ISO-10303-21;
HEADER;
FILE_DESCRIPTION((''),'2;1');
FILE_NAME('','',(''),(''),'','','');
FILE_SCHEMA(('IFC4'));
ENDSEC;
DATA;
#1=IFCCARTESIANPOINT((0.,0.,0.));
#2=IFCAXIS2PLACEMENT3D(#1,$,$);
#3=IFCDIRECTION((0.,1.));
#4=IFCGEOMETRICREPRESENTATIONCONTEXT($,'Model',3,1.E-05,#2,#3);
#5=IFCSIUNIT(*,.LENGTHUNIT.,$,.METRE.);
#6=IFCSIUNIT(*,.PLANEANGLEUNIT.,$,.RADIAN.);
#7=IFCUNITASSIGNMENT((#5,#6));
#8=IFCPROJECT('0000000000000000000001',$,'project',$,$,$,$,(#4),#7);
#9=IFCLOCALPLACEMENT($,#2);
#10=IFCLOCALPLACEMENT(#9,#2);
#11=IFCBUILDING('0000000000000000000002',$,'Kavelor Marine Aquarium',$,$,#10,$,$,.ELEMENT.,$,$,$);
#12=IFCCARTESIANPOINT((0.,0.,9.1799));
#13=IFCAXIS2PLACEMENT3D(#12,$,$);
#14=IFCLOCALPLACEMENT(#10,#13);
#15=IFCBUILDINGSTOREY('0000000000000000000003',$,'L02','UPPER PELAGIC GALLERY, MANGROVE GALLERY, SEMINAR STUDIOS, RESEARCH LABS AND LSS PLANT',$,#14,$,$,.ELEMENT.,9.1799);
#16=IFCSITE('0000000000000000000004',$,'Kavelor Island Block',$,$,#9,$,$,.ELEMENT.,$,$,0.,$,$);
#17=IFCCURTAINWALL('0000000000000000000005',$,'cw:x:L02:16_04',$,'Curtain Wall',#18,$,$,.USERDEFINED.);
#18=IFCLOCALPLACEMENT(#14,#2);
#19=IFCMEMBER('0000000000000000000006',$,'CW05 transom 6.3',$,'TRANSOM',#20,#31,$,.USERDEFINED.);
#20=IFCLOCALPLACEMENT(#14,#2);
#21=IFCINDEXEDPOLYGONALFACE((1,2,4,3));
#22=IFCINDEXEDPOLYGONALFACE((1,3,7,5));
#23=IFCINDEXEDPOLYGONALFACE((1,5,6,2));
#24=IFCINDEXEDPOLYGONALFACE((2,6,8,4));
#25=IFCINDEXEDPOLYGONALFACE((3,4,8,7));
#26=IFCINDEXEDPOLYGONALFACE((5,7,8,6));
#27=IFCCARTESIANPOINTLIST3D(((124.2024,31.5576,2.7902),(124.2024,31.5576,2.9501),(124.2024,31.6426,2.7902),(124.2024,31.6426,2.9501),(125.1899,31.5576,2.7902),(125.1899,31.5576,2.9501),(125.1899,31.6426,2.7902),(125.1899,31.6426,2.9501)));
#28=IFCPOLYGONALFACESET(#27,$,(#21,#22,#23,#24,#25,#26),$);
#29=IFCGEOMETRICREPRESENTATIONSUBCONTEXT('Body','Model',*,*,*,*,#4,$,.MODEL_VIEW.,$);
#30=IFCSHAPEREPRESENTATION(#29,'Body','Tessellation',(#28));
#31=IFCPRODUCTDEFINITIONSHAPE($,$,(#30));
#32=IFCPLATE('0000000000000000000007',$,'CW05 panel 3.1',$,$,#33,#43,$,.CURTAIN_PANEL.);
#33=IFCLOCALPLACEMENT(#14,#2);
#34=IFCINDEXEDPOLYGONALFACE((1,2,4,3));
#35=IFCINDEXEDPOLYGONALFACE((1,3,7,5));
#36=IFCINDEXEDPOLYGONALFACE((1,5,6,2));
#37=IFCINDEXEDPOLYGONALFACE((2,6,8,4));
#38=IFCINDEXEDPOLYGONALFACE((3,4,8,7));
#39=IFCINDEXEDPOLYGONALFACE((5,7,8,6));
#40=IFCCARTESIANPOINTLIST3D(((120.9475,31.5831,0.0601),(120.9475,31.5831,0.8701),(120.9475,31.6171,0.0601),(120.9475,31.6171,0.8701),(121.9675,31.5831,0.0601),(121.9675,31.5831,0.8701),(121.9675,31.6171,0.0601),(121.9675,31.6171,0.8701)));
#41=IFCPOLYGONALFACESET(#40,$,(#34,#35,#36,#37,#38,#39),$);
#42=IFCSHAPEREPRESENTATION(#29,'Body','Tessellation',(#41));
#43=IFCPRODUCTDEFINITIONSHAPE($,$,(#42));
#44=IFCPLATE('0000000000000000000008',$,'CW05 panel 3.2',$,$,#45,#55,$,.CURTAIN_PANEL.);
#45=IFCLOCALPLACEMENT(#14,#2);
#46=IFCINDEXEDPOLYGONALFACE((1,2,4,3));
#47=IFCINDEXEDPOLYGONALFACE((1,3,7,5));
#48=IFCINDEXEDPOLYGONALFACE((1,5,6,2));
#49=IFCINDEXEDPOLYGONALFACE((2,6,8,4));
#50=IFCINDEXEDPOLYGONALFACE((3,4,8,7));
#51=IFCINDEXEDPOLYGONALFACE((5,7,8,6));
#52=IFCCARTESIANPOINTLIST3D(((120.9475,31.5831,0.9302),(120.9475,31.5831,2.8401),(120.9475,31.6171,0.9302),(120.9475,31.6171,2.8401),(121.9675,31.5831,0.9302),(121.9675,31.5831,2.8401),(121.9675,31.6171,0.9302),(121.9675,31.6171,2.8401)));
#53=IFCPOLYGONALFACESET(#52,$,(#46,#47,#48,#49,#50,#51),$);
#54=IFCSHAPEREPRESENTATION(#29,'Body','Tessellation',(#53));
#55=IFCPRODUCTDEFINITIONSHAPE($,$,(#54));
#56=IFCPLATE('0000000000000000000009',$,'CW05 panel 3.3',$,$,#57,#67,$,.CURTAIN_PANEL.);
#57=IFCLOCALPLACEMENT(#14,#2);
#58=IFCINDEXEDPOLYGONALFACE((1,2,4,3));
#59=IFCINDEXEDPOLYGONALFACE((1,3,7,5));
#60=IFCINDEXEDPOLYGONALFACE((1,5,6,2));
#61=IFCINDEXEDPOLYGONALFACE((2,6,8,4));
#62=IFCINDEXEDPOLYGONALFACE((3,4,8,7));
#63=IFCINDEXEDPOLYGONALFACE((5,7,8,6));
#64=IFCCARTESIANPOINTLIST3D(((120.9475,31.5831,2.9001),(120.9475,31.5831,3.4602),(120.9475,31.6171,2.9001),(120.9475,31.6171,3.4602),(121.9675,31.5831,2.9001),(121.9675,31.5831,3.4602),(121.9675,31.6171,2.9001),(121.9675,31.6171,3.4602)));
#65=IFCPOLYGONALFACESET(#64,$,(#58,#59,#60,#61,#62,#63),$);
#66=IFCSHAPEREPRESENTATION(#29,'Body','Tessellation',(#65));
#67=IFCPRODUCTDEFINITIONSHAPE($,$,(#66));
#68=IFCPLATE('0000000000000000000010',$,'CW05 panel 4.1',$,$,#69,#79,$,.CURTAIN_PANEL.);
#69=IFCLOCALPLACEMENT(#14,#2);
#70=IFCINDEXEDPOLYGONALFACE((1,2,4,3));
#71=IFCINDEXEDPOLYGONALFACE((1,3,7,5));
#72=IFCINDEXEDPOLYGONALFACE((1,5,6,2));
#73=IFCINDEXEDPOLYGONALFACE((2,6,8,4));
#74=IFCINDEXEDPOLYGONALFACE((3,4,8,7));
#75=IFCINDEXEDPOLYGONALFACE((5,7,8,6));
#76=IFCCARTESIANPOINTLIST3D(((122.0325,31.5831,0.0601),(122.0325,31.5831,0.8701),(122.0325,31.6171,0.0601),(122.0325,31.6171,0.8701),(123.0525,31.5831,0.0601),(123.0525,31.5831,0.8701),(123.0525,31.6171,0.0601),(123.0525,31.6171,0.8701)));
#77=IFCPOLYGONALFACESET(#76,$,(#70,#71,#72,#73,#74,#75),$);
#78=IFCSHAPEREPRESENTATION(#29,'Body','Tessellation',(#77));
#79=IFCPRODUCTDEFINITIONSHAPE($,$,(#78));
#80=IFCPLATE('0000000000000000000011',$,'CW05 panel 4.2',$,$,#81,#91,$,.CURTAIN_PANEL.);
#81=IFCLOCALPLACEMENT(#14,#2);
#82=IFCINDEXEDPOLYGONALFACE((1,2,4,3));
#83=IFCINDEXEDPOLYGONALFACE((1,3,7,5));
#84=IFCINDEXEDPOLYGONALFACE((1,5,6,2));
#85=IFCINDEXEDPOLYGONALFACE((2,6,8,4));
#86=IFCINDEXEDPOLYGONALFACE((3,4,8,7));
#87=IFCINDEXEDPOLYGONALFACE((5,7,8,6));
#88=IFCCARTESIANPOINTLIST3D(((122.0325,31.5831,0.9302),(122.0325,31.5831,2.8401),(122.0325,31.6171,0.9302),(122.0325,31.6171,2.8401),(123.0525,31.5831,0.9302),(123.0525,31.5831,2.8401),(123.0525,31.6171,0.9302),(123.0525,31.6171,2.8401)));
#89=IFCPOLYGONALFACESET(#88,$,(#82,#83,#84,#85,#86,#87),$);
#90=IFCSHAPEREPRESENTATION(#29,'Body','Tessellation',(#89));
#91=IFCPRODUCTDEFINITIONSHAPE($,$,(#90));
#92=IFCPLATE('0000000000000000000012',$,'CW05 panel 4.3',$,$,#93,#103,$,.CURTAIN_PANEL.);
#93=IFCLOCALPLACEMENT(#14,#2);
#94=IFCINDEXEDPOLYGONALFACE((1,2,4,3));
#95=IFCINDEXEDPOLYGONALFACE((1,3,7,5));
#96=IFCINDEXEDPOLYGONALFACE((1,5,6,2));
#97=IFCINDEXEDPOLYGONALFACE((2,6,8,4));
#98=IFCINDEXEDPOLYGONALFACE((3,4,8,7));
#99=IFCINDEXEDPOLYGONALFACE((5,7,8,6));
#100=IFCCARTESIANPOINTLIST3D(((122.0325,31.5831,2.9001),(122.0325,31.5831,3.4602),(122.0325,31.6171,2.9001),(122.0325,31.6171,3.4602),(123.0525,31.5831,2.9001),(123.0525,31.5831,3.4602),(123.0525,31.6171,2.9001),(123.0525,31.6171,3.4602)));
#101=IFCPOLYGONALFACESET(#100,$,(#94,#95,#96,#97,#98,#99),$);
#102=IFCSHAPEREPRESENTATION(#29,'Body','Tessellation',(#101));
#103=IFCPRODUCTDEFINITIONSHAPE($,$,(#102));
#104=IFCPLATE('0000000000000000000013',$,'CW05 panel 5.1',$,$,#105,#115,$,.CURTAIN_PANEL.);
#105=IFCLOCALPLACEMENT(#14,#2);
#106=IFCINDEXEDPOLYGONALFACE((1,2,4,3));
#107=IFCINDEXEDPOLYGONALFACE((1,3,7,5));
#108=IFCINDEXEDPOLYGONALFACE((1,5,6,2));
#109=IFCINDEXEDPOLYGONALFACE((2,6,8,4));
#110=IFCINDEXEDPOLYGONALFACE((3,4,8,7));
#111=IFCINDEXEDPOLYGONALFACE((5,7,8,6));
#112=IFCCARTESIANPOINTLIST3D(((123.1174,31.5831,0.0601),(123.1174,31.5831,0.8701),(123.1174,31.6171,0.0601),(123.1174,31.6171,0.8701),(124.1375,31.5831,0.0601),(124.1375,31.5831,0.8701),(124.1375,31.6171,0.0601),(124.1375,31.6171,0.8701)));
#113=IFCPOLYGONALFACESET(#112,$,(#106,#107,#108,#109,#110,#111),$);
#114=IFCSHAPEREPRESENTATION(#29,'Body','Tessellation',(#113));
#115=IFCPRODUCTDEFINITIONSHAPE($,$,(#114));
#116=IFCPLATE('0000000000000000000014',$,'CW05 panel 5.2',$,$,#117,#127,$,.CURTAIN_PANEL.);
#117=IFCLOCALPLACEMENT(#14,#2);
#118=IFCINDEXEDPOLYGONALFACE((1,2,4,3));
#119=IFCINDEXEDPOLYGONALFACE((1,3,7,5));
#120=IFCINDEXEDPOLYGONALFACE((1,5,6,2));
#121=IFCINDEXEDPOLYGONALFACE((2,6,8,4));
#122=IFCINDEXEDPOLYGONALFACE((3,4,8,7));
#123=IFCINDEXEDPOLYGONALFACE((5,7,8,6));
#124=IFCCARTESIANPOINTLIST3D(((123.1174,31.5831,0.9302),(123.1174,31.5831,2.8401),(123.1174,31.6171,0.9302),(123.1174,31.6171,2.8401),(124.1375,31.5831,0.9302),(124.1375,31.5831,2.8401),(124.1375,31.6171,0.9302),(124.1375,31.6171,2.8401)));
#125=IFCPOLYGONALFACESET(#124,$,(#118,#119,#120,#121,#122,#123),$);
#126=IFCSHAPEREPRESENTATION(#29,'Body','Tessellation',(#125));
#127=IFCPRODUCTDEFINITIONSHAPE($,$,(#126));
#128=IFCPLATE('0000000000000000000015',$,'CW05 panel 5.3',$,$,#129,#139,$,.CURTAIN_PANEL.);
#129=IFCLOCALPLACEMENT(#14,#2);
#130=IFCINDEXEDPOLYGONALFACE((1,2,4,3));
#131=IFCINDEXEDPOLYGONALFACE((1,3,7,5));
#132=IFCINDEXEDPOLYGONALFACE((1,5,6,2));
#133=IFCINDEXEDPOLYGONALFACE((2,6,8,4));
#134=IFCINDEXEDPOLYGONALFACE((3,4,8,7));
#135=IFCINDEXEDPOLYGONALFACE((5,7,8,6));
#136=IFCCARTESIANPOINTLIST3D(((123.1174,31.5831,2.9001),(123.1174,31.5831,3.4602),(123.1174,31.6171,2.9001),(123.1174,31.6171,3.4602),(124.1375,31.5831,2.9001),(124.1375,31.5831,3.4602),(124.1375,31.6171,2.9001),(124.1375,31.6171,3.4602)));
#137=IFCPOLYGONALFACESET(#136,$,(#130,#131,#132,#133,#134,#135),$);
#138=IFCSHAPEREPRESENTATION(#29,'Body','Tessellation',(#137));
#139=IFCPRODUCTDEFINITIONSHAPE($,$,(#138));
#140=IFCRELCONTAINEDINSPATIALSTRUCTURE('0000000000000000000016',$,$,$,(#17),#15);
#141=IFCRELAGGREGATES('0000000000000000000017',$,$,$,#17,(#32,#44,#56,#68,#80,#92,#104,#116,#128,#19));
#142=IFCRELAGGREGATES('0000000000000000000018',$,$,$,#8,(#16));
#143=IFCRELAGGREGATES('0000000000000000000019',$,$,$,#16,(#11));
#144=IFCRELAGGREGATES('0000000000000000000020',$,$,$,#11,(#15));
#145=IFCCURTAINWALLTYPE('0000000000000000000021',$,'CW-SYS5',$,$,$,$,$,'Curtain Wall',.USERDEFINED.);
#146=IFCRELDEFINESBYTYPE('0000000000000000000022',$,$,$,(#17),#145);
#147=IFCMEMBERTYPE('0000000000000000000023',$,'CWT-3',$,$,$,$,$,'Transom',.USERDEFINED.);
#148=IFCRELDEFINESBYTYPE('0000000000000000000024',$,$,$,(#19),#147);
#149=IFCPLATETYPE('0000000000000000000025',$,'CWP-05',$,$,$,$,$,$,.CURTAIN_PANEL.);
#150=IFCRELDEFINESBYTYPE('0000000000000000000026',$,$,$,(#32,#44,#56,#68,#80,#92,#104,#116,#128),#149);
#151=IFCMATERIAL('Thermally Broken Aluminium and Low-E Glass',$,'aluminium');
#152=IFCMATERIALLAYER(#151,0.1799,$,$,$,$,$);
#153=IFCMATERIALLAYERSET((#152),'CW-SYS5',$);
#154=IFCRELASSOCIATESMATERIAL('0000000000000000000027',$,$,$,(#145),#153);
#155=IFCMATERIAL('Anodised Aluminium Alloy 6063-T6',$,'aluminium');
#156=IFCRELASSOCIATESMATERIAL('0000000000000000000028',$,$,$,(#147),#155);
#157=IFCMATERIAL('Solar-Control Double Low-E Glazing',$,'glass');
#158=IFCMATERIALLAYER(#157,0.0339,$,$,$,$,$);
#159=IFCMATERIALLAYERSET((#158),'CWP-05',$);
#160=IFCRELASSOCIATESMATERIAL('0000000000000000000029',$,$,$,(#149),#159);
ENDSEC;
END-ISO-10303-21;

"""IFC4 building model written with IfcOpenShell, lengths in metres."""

from ifc_helpers import new_model, si_unit, direction, frame, origin, origin_2d, place, context, subcontext, project, spatial, rectangle, extrude, material, layer, layer_set, material_profile, profile_set, type_object, element, aggregate, save


model = new_model("IFC4")

# Units and contexts
model_context = context("Model", 3, precision=1e-05, world=origin(), true_north=direction((0.0, 1.0)))
body_context = subcontext(model_context, "Body", "Model", "MODEL_VIEW")
ifc_project = project(units=[si_unit("LENGTHUNIT", "METRE"), si_unit("PLANEANGLEUNIT", "RADIAN")], contexts=[model_context])

# Site, building, storey
site_placement = place(None, origin())
site = spatial("IfcSite", under=ifc_project, at=site_placement, Name="Kavelor Island Block", CompositionType="ELEMENT", RefElevation=0.0)
building_placement = place(site_placement, origin())
building = spatial("IfcBuilding", under=site, at=building_placement, Name="Kavelor Marine Aquarium", CompositionType="ELEMENT")
storey_placement = place(building_placement, frame((0.0, 0.0, 9.1799)))
storey = spatial("IfcBuildingStorey", under=building, at=storey_placement, Name="L02", Description="UPPER PELAGIC GALLERY, MANGROVE GALLERY, SEMINAR STUDIOS, RESEARCH LABS AND LSS PLANT", CompositionType="ELEMENT", Elevation=9.1799)

# Curtain wall, member, plates
ifc_material_1 = material(Name="Thermally Broken Aluminium and Low-E Glass", Category="aluminium")
ifc_layer_1 = layer(ifc_material_1, 0.1799)
ifc_layer_set_1 = layer_set([ifc_layer_1], Name="CW-SYS5")
curtain_wall_type = type_object("IfcCurtainWallType", Name="CW-SYS5", ElementType="Curtain Wall", PredefinedType="USERDEFINED", material=ifc_layer_set_1)
curtain_wall_placement = place(storey_placement, origin())
curtain_wall = element("IfcCurtainWall", 1, at=curtain_wall_placement, inside=storey, type_object=curtain_wall_type, Name="cw:x:L02:16_04", ObjectType="Curtain Wall", PredefinedType="USERDEFINED")
ifc_material_2 = material(Name="Anodised Aluminium Alloy 6063-T6", Category="aluminium")
ifc_material_profile_1 = material_profile(ifc_material_2, rectangle(XDim=0.085, YDim=0.1599, at=origin_2d()), Name="CW-TRN 85x160")
ifc_profile_set_1 = profile_set([ifc_material_profile_1], Name="Anodised Aluminium Alloy 6063-T6")
member_type_1 = type_object("IfcMemberType", Name="CWT-3", ElementType="Transom", PredefinedType="USERDEFINED", material=ifc_profile_set_1)
member_1_placement = place(storey_placement, frame((124.2024, 31.6001, 2.8701), z_axis=(1.0, 0.0, 0.0), x_axis=(0.0, 1.0, 0.0)))
member_1 = element("IfcMember", 2, at=member_1_placement, type_object=member_type_1, Name="CW05 transom 6.3", ObjectType="TRANSOM", PredefinedType="USERDEFINED", context=body_context, shape_type="SweptSolid", body=[
    extrude(rectangle(XDim=0.085, YDim=0.1599, at=origin_2d()), origin(), (0.0, 0.0, 1.0), 0.9875),
])
ifc_material_3 = material(Name="Solar-Control Double Low-E Glazing", Category="glass")
ifc_layer_2 = layer(ifc_material_3, 0.0339)
ifc_layer_set_2 = layer_set([ifc_layer_2], Name="CWP-05")
plate_type = type_object("IfcPlateType", Name="CWP-05", PredefinedType="CURTAIN_PANEL", material=ifc_layer_set_2)
plate_1_placement = place(storey_placement, frame((121.4575, 31.6001, 0.0601), z_axis=(0.0, 0.0, 1.0), x_axis=(1.0, 0.0, 0.0)))
plate_1 = element("IfcPlate", 3, at=plate_1_placement, type_object=plate_type, Name="CW05 panel 3.1", PredefinedType="CURTAIN_PANEL", context=body_context, shape_type="SweptSolid", body=[
    extrude(rectangle(XDim=1.02, YDim=0.0339, at=origin_2d()), origin(), (0.0, 0.0, 1.0), 0.8101),
])
plate_2_placement = place(storey_placement, frame((121.4575, 31.6001, 0.9302), z_axis=(0.0, 0.0, 1.0), x_axis=(1.0, 0.0, 0.0)))
plate_2 = element("IfcPlate", 4, at=plate_2_placement, type_object=plate_type, Name="CW05 panel 3.2", PredefinedType="CURTAIN_PANEL", context=body_context, shape_type="SweptSolid", body=[
    extrude(rectangle(XDim=1.02, YDim=0.0339, at=origin_2d()), origin(), (0.0, 0.0, 1.0), 1.9099),
])
plate_3_placement = place(storey_placement, frame((121.4575, 31.6001, 2.9001), z_axis=(0.0, 0.0, 1.0), x_axis=(1.0, 0.0, 0.0)))
plate_3 = element("IfcPlate", 5, at=plate_3_placement, type_object=plate_type, Name="CW05 panel 3.3", PredefinedType="CURTAIN_PANEL", context=body_context, shape_type="SweptSolid", body=[
    extrude(rectangle(XDim=1.02, YDim=0.0339, at=origin_2d()), origin(), (0.0, 0.0, 1.0), 0.5601),
])
plate_4_placement = place(storey_placement, frame((122.5425, 31.6001, 0.0601), z_axis=(0.0, 0.0, 1.0), x_axis=(1.0, 0.0, 0.0)))
plate_4 = element("IfcPlate", 6, at=plate_4_placement, type_object=plate_type, Name="CW05 panel 4.1", PredefinedType="CURTAIN_PANEL", context=body_context, shape_type="SweptSolid", body=[
    extrude(rectangle(XDim=1.02, YDim=0.0339, at=origin_2d()), origin(), (0.0, 0.0, 1.0), 0.8101),
])
plate_5_placement = place(storey_placement, frame((122.5425, 31.6001, 0.9302), z_axis=(0.0, 0.0, 1.0), x_axis=(1.0, 0.0, 0.0)))
plate_5 = element("IfcPlate", 7, at=plate_5_placement, type_object=plate_type, Name="CW05 panel 4.2", PredefinedType="CURTAIN_PANEL", context=body_context, shape_type="SweptSolid", body=[
    extrude(rectangle(XDim=1.02, YDim=0.0339, at=origin_2d()), origin(), (0.0, 0.0, 1.0), 1.9099),
])
plate_6_placement = place(storey_placement, frame((122.5425, 31.6001, 2.9001), z_axis=(0.0, 0.0, 1.0), x_axis=(1.0, 0.0, 0.0)))
plate_6 = element("IfcPlate", 8, at=plate_6_placement, type_object=plate_type, Name="CW05 panel 4.3", PredefinedType="CURTAIN_PANEL", context=body_context, shape_type="SweptSolid", body=[
    extrude(rectangle(XDim=1.02, YDim=0.0339, at=origin_2d()), origin(), (0.0, 0.0, 1.0), 0.5601),
])
plate_7_placement = place(storey_placement, frame((123.6274, 31.6001, 0.0601), z_axis=(0.0, 0.0, 1.0), x_axis=(1.0, 0.0, 0.0)))
plate_7 = element("IfcPlate", 9, at=plate_7_placement, type_object=plate_type, Name="CW05 panel 5.1", PredefinedType="CURTAIN_PANEL", context=body_context, shape_type="SweptSolid", body=[
    extrude(rectangle(XDim=1.02, YDim=0.0339, at=origin_2d()), origin(), (0.0, 0.0, 1.0), 0.8101),
])
plate_8_placement = place(storey_placement, frame((123.6274, 31.6001, 0.9302), z_axis=(0.0, 0.0, 1.0), x_axis=(1.0, 0.0, 0.0)))
plate_8 = element("IfcPlate", 10, at=plate_8_placement, type_object=plate_type, Name="CW05 panel 5.2", PredefinedType="CURTAIN_PANEL", context=body_context, shape_type="SweptSolid", body=[
    extrude(rectangle(XDim=1.02, YDim=0.0339, at=origin_2d()), origin(), (0.0, 0.0, 1.0), 1.9099),
])
plate_9_placement = place(storey_placement, frame((123.6274, 31.6001, 2.9001), z_axis=(0.0, 0.0, 1.0), x_axis=(1.0, 0.0, 0.0)))
plate_9 = element("IfcPlate", 11, at=plate_9_placement, type_object=plate_type, Name="CW05 panel 5.3", PredefinedType="CURTAIN_PANEL", context=body_context, shape_type="SweptSolid", body=[
    extrude(rectangle(XDim=1.02, YDim=0.0339, at=origin_2d()), origin(), (0.0, 0.0, 1.0), 0.5601),
])
aggregate(curtain_wall, [plate_1, plate_2, plate_3, plate_4, plate_5, plate_6, plate_7, plate_8, plate_9, member_1])

save(model, "model.ifc")
